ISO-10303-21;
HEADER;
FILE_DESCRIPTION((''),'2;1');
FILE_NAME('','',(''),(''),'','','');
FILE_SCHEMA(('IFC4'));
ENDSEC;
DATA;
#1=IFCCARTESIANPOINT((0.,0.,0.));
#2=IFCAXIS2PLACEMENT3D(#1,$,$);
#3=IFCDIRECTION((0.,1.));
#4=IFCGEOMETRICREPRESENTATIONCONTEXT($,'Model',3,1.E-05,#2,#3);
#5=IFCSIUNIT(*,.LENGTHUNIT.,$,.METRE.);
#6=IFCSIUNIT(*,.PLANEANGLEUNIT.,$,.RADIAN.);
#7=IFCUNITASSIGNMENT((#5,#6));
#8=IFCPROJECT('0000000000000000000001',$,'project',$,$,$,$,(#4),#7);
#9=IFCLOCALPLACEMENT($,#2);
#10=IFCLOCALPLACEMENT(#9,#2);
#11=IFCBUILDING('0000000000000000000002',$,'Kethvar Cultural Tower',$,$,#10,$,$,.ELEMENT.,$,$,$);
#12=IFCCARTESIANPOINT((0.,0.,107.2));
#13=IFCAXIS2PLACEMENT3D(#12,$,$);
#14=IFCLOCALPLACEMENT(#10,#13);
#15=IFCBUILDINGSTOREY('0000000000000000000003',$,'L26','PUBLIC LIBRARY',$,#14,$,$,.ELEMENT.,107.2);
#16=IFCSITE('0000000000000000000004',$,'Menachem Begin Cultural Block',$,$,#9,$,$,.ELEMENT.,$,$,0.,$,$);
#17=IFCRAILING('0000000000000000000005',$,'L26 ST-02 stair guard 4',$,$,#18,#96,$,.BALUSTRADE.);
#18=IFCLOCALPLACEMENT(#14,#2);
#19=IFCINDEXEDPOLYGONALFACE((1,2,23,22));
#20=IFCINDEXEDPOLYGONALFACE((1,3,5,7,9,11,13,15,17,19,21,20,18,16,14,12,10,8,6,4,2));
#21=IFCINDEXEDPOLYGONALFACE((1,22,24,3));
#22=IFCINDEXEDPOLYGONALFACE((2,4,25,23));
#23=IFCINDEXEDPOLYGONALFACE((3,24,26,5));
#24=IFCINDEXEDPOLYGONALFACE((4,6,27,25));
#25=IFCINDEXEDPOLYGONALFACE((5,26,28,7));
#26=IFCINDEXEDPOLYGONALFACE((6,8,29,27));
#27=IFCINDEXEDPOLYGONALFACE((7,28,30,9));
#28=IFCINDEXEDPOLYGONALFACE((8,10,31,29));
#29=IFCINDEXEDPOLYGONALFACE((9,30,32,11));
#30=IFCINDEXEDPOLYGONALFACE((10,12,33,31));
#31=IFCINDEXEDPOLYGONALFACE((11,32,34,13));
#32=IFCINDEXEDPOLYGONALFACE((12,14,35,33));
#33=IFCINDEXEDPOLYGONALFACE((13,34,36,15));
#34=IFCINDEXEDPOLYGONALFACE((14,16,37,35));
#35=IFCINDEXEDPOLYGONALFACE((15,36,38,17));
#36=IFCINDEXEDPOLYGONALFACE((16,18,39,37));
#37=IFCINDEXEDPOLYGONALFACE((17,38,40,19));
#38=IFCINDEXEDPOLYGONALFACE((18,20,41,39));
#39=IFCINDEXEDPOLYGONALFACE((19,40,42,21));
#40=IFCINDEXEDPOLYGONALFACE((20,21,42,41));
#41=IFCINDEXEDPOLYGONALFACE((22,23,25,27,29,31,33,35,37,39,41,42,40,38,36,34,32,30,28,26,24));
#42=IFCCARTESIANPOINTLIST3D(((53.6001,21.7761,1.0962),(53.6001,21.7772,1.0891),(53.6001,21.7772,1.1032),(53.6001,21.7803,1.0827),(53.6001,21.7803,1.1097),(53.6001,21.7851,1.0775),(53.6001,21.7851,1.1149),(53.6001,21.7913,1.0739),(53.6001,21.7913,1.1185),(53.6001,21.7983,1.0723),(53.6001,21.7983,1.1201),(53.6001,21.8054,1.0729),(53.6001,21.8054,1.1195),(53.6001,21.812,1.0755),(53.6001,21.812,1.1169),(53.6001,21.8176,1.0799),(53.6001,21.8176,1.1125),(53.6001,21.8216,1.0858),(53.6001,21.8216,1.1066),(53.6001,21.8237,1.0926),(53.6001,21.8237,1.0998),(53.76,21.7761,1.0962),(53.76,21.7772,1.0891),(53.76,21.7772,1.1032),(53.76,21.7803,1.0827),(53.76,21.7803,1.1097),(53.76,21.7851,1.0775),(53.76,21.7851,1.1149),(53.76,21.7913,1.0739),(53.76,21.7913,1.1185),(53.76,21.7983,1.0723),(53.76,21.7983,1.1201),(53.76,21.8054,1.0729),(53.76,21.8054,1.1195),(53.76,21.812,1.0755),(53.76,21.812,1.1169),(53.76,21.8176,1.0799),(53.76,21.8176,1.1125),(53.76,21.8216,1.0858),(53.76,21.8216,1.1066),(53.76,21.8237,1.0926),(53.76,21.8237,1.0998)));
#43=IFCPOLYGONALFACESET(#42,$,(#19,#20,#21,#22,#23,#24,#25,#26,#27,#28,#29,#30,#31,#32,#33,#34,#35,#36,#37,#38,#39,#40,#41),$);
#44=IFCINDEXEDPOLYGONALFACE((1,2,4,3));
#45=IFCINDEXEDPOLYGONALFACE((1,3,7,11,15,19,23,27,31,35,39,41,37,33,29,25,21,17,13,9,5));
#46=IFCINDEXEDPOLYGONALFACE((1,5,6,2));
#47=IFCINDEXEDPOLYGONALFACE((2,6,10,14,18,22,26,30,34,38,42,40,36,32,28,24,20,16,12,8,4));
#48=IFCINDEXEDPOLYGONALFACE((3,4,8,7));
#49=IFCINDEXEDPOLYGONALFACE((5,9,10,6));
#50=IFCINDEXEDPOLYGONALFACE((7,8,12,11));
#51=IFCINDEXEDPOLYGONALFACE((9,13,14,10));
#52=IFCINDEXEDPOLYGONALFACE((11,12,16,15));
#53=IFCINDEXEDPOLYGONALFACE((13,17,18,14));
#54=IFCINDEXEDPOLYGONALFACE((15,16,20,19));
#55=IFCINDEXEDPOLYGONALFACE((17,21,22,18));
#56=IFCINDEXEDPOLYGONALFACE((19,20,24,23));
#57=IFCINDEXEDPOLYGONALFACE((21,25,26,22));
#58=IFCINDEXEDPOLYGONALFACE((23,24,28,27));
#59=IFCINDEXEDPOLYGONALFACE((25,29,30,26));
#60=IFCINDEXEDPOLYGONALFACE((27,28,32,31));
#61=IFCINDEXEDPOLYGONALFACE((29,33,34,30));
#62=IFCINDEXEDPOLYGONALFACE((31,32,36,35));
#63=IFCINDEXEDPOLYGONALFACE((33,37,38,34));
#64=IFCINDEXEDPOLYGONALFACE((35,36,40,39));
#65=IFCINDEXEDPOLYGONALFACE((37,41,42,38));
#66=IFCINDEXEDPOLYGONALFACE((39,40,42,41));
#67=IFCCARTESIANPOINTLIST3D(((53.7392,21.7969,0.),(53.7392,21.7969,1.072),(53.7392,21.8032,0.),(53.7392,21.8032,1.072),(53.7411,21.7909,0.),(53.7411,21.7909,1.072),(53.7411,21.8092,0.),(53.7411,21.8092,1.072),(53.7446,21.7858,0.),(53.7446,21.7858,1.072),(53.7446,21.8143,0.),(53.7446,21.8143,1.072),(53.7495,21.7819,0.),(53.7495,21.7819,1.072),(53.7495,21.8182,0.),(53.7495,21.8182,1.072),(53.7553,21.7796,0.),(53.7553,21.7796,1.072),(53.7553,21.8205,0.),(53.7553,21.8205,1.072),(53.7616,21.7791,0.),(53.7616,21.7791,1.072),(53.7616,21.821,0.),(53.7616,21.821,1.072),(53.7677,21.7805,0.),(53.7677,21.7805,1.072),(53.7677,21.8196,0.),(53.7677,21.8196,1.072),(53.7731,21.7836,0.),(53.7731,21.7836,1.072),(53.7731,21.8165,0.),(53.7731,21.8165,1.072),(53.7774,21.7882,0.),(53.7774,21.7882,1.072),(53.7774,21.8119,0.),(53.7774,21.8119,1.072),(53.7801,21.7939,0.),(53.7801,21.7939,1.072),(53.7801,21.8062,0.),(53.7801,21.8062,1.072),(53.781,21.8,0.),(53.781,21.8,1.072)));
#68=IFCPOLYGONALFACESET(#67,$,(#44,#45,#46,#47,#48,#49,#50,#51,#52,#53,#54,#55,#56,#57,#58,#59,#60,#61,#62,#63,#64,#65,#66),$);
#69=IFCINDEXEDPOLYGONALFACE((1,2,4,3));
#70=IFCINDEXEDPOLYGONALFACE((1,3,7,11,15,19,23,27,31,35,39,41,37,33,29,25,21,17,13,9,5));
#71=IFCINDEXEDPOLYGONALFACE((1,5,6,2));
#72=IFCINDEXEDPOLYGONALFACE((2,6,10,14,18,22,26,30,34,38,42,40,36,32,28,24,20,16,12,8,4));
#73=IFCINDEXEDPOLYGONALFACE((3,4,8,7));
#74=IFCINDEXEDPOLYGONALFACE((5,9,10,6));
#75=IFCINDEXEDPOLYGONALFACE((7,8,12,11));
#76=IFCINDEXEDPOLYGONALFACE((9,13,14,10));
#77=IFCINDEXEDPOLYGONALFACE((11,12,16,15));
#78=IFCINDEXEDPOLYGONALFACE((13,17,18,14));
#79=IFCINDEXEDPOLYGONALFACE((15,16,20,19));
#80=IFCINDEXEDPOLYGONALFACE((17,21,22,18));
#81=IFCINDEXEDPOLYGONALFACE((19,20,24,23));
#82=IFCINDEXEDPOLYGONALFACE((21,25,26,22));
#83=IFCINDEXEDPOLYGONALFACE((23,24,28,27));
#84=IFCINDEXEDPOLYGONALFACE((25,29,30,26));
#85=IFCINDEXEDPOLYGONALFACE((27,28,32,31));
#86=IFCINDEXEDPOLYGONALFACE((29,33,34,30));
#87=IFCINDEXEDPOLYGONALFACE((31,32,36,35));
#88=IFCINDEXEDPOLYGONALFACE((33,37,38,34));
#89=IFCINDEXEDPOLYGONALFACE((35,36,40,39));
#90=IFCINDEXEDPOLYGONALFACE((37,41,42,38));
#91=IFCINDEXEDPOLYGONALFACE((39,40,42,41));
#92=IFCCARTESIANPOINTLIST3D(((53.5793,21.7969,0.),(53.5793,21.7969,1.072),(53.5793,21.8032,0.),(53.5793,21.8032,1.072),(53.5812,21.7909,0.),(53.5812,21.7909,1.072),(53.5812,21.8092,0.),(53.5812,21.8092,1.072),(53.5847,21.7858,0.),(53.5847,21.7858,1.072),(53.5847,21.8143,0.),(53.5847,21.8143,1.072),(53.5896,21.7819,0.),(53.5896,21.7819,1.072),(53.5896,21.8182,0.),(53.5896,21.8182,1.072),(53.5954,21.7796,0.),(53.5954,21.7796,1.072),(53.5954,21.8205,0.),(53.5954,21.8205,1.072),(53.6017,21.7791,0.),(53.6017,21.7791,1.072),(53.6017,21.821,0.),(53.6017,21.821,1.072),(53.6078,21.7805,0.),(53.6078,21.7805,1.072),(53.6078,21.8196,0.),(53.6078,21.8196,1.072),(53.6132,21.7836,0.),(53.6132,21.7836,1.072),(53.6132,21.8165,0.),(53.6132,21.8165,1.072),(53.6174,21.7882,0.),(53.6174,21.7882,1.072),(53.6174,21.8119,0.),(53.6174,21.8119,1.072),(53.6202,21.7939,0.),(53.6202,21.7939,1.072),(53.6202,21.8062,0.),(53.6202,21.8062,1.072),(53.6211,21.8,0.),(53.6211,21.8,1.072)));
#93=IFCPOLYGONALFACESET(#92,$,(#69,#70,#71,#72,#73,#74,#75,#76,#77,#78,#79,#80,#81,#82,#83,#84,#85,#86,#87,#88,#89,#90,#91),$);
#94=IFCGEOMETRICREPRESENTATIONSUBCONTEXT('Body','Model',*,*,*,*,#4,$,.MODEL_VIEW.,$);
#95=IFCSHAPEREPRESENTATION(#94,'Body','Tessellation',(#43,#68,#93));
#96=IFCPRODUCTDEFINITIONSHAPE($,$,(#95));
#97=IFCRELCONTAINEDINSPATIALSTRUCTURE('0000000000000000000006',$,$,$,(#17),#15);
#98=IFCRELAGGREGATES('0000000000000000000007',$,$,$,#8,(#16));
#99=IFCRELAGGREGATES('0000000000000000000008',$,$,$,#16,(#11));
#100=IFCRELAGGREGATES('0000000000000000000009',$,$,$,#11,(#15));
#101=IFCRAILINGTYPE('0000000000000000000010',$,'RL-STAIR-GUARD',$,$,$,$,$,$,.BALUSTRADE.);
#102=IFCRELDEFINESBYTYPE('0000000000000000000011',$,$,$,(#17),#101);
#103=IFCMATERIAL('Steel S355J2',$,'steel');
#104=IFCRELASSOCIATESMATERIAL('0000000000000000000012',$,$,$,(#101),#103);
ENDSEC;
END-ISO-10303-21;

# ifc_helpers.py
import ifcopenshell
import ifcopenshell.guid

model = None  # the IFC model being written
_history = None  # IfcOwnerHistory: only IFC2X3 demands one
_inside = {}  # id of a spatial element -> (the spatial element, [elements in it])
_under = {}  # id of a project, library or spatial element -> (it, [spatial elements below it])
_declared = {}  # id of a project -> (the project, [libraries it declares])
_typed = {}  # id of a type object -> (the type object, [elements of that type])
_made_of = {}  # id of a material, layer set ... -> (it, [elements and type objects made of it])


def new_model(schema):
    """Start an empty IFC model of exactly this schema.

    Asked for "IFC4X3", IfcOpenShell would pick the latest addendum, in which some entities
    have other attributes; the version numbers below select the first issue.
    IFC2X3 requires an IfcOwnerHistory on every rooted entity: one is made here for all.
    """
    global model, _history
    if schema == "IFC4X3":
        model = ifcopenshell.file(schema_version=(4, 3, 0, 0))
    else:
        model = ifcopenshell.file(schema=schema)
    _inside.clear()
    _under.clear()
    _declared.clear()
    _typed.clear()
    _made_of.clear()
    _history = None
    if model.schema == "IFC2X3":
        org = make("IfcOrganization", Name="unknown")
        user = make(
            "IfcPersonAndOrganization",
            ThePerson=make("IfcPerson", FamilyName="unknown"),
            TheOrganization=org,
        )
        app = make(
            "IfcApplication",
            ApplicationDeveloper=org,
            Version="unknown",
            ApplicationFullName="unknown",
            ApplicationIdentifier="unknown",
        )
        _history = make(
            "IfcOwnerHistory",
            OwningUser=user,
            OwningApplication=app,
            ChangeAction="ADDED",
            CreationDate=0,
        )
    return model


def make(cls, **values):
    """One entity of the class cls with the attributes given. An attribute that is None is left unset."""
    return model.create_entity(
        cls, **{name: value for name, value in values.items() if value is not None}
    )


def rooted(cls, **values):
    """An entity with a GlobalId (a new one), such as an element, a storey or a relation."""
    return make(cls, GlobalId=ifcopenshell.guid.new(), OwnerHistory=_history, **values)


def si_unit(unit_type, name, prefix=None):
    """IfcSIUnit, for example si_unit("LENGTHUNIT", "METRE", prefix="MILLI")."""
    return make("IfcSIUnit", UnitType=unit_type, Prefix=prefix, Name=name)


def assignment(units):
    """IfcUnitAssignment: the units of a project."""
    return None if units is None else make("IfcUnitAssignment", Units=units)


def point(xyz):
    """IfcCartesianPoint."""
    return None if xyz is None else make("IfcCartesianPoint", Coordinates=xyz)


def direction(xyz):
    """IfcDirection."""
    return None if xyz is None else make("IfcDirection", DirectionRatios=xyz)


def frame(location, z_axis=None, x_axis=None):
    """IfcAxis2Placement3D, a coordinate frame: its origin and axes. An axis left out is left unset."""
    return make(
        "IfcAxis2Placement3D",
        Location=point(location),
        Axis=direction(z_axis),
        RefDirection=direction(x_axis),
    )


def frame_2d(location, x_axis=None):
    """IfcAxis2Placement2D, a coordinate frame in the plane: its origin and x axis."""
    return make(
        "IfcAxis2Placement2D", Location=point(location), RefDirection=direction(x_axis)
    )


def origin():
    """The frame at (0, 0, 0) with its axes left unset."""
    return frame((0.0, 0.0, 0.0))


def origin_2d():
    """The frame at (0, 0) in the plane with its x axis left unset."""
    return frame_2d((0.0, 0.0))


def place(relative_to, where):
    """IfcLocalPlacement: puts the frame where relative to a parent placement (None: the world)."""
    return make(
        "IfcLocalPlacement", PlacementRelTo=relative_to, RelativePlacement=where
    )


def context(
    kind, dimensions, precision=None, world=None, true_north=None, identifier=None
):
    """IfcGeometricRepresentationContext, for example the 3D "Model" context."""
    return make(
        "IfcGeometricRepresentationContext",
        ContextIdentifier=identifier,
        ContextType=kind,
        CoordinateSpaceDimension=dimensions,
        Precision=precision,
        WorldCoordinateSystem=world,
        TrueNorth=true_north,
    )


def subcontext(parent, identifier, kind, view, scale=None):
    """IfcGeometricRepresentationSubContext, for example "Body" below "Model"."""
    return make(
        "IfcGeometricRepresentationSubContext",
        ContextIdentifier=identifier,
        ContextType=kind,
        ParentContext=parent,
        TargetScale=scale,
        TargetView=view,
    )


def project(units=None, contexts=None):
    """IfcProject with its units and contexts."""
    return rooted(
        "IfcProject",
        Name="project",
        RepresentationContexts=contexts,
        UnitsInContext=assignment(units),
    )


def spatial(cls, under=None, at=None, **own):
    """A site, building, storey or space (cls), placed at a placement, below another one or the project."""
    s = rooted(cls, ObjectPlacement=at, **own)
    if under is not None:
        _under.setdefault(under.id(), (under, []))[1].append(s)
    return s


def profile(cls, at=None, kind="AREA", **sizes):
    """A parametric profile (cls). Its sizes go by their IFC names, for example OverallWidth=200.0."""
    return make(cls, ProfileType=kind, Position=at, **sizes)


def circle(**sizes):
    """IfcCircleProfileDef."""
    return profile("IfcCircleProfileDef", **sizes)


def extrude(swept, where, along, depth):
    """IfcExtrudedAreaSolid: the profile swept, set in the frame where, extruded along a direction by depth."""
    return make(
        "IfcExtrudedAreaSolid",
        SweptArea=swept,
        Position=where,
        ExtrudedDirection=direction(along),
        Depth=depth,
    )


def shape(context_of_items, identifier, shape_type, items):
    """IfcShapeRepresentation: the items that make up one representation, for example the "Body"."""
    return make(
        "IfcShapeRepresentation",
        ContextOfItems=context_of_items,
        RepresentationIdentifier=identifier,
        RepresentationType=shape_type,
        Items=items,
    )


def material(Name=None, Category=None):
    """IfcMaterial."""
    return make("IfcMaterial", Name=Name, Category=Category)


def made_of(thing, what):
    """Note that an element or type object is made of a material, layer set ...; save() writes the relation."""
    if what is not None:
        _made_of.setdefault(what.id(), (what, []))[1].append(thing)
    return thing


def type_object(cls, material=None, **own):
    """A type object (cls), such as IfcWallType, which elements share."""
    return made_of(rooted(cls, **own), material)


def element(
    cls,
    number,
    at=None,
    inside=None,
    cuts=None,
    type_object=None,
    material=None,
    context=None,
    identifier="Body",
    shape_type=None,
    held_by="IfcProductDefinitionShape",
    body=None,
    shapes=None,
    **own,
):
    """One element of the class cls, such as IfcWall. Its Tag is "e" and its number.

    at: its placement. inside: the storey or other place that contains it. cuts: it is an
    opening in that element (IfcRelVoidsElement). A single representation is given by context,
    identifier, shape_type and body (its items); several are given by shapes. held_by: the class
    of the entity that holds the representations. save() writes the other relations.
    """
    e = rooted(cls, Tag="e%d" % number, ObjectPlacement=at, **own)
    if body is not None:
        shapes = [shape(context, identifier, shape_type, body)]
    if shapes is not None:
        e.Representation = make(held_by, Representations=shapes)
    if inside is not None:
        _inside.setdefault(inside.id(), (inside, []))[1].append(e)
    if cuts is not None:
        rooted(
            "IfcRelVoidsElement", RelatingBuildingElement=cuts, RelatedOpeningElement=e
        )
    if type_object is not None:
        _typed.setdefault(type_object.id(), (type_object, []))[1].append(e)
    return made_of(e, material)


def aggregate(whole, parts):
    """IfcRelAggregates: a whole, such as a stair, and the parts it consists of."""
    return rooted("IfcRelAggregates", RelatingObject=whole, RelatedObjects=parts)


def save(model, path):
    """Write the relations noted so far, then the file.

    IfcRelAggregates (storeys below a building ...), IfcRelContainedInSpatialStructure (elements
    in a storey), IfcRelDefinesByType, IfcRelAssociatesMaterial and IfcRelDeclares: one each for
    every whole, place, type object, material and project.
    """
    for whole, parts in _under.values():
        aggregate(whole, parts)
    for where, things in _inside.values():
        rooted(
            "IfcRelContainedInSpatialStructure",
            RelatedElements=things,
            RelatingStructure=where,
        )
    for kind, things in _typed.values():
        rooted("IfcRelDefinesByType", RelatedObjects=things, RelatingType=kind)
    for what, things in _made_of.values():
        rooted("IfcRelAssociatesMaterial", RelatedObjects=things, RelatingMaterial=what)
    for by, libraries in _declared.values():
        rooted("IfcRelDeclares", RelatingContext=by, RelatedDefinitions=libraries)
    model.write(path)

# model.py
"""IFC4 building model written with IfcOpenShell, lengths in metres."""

from ifc_helpers import new_model, si_unit, direction, frame, origin, origin_2d, place, context, subcontext, project, spatial, circle, extrude, material, type_object, element, save


model = new_model("IFC4")

# Units and contexts
model_context = context("Model", 3, precision=1e-05, world=origin(), true_north=direction((0.0, 1.0)))
body_context = subcontext(model_context, "Body", "Model", "MODEL_VIEW")
ifc_project = project(units=[si_unit("LENGTHUNIT", "METRE"), si_unit("PLANEANGLEUNIT", "RADIAN")], contexts=[model_context])

# Site, building, storey
site_placement = place(None, origin())
site = spatial("IfcSite", under=ifc_project, at=site_placement, Name="Menachem Begin Cultural Block", CompositionType="ELEMENT", RefElevation=0.0)
building_placement = place(site_placement, origin())
building = spatial("IfcBuilding", under=site, at=building_placement, Name="Kethvar Cultural Tower", CompositionType="ELEMENT")
storey_placement = place(building_placement, frame((0.0, 0.0, 107.2)))
storey = spatial("IfcBuildingStorey", under=building, at=storey_placement, Name="L26", Description="PUBLIC LIBRARY", CompositionType="ELEMENT", Elevation=107.2)

# Shared definitions
ifc_material_1 = material(Name="Steel S355J2", Category="steel")

# Railing
railing_type_1 = type_object("IfcRailingType", Name="RL-STAIR-GUARD", PredefinedType="BALUSTRADE", material=ifc_material_1)
railing_1_placement = place(storey_placement, frame((53.76, 21.8, 0.0)))
element("IfcRailing", 1, at=railing_1_placement, inside=storey, type_object=railing_type_1, Name="L26 ST-02 stair guard 4", PredefinedType="BALUSTRADE", context=body_context, shape_type="SweptSolid", body=[
    extrude(circle(Radius=0.0239, at=origin_2d()), frame((0.0, 0.0, 1.0962), z_axis=(-1.0, 0.0, 0.0), x_axis=(0.0, -1.0, 0.0)), (0.0, 0.0, 1.0), 0.1599),
    extrude(circle(Radius=0.021, at=origin_2d()), origin(), (0.0, 0.0, 1.0), 1.072),
    extrude(circle(Radius=0.021, at=origin_2d()), frame((-0.1599, 0.0, 0.0)), (0.0, 0.0, 1.0), 1.072),
])

save(model, "model.ifc")
